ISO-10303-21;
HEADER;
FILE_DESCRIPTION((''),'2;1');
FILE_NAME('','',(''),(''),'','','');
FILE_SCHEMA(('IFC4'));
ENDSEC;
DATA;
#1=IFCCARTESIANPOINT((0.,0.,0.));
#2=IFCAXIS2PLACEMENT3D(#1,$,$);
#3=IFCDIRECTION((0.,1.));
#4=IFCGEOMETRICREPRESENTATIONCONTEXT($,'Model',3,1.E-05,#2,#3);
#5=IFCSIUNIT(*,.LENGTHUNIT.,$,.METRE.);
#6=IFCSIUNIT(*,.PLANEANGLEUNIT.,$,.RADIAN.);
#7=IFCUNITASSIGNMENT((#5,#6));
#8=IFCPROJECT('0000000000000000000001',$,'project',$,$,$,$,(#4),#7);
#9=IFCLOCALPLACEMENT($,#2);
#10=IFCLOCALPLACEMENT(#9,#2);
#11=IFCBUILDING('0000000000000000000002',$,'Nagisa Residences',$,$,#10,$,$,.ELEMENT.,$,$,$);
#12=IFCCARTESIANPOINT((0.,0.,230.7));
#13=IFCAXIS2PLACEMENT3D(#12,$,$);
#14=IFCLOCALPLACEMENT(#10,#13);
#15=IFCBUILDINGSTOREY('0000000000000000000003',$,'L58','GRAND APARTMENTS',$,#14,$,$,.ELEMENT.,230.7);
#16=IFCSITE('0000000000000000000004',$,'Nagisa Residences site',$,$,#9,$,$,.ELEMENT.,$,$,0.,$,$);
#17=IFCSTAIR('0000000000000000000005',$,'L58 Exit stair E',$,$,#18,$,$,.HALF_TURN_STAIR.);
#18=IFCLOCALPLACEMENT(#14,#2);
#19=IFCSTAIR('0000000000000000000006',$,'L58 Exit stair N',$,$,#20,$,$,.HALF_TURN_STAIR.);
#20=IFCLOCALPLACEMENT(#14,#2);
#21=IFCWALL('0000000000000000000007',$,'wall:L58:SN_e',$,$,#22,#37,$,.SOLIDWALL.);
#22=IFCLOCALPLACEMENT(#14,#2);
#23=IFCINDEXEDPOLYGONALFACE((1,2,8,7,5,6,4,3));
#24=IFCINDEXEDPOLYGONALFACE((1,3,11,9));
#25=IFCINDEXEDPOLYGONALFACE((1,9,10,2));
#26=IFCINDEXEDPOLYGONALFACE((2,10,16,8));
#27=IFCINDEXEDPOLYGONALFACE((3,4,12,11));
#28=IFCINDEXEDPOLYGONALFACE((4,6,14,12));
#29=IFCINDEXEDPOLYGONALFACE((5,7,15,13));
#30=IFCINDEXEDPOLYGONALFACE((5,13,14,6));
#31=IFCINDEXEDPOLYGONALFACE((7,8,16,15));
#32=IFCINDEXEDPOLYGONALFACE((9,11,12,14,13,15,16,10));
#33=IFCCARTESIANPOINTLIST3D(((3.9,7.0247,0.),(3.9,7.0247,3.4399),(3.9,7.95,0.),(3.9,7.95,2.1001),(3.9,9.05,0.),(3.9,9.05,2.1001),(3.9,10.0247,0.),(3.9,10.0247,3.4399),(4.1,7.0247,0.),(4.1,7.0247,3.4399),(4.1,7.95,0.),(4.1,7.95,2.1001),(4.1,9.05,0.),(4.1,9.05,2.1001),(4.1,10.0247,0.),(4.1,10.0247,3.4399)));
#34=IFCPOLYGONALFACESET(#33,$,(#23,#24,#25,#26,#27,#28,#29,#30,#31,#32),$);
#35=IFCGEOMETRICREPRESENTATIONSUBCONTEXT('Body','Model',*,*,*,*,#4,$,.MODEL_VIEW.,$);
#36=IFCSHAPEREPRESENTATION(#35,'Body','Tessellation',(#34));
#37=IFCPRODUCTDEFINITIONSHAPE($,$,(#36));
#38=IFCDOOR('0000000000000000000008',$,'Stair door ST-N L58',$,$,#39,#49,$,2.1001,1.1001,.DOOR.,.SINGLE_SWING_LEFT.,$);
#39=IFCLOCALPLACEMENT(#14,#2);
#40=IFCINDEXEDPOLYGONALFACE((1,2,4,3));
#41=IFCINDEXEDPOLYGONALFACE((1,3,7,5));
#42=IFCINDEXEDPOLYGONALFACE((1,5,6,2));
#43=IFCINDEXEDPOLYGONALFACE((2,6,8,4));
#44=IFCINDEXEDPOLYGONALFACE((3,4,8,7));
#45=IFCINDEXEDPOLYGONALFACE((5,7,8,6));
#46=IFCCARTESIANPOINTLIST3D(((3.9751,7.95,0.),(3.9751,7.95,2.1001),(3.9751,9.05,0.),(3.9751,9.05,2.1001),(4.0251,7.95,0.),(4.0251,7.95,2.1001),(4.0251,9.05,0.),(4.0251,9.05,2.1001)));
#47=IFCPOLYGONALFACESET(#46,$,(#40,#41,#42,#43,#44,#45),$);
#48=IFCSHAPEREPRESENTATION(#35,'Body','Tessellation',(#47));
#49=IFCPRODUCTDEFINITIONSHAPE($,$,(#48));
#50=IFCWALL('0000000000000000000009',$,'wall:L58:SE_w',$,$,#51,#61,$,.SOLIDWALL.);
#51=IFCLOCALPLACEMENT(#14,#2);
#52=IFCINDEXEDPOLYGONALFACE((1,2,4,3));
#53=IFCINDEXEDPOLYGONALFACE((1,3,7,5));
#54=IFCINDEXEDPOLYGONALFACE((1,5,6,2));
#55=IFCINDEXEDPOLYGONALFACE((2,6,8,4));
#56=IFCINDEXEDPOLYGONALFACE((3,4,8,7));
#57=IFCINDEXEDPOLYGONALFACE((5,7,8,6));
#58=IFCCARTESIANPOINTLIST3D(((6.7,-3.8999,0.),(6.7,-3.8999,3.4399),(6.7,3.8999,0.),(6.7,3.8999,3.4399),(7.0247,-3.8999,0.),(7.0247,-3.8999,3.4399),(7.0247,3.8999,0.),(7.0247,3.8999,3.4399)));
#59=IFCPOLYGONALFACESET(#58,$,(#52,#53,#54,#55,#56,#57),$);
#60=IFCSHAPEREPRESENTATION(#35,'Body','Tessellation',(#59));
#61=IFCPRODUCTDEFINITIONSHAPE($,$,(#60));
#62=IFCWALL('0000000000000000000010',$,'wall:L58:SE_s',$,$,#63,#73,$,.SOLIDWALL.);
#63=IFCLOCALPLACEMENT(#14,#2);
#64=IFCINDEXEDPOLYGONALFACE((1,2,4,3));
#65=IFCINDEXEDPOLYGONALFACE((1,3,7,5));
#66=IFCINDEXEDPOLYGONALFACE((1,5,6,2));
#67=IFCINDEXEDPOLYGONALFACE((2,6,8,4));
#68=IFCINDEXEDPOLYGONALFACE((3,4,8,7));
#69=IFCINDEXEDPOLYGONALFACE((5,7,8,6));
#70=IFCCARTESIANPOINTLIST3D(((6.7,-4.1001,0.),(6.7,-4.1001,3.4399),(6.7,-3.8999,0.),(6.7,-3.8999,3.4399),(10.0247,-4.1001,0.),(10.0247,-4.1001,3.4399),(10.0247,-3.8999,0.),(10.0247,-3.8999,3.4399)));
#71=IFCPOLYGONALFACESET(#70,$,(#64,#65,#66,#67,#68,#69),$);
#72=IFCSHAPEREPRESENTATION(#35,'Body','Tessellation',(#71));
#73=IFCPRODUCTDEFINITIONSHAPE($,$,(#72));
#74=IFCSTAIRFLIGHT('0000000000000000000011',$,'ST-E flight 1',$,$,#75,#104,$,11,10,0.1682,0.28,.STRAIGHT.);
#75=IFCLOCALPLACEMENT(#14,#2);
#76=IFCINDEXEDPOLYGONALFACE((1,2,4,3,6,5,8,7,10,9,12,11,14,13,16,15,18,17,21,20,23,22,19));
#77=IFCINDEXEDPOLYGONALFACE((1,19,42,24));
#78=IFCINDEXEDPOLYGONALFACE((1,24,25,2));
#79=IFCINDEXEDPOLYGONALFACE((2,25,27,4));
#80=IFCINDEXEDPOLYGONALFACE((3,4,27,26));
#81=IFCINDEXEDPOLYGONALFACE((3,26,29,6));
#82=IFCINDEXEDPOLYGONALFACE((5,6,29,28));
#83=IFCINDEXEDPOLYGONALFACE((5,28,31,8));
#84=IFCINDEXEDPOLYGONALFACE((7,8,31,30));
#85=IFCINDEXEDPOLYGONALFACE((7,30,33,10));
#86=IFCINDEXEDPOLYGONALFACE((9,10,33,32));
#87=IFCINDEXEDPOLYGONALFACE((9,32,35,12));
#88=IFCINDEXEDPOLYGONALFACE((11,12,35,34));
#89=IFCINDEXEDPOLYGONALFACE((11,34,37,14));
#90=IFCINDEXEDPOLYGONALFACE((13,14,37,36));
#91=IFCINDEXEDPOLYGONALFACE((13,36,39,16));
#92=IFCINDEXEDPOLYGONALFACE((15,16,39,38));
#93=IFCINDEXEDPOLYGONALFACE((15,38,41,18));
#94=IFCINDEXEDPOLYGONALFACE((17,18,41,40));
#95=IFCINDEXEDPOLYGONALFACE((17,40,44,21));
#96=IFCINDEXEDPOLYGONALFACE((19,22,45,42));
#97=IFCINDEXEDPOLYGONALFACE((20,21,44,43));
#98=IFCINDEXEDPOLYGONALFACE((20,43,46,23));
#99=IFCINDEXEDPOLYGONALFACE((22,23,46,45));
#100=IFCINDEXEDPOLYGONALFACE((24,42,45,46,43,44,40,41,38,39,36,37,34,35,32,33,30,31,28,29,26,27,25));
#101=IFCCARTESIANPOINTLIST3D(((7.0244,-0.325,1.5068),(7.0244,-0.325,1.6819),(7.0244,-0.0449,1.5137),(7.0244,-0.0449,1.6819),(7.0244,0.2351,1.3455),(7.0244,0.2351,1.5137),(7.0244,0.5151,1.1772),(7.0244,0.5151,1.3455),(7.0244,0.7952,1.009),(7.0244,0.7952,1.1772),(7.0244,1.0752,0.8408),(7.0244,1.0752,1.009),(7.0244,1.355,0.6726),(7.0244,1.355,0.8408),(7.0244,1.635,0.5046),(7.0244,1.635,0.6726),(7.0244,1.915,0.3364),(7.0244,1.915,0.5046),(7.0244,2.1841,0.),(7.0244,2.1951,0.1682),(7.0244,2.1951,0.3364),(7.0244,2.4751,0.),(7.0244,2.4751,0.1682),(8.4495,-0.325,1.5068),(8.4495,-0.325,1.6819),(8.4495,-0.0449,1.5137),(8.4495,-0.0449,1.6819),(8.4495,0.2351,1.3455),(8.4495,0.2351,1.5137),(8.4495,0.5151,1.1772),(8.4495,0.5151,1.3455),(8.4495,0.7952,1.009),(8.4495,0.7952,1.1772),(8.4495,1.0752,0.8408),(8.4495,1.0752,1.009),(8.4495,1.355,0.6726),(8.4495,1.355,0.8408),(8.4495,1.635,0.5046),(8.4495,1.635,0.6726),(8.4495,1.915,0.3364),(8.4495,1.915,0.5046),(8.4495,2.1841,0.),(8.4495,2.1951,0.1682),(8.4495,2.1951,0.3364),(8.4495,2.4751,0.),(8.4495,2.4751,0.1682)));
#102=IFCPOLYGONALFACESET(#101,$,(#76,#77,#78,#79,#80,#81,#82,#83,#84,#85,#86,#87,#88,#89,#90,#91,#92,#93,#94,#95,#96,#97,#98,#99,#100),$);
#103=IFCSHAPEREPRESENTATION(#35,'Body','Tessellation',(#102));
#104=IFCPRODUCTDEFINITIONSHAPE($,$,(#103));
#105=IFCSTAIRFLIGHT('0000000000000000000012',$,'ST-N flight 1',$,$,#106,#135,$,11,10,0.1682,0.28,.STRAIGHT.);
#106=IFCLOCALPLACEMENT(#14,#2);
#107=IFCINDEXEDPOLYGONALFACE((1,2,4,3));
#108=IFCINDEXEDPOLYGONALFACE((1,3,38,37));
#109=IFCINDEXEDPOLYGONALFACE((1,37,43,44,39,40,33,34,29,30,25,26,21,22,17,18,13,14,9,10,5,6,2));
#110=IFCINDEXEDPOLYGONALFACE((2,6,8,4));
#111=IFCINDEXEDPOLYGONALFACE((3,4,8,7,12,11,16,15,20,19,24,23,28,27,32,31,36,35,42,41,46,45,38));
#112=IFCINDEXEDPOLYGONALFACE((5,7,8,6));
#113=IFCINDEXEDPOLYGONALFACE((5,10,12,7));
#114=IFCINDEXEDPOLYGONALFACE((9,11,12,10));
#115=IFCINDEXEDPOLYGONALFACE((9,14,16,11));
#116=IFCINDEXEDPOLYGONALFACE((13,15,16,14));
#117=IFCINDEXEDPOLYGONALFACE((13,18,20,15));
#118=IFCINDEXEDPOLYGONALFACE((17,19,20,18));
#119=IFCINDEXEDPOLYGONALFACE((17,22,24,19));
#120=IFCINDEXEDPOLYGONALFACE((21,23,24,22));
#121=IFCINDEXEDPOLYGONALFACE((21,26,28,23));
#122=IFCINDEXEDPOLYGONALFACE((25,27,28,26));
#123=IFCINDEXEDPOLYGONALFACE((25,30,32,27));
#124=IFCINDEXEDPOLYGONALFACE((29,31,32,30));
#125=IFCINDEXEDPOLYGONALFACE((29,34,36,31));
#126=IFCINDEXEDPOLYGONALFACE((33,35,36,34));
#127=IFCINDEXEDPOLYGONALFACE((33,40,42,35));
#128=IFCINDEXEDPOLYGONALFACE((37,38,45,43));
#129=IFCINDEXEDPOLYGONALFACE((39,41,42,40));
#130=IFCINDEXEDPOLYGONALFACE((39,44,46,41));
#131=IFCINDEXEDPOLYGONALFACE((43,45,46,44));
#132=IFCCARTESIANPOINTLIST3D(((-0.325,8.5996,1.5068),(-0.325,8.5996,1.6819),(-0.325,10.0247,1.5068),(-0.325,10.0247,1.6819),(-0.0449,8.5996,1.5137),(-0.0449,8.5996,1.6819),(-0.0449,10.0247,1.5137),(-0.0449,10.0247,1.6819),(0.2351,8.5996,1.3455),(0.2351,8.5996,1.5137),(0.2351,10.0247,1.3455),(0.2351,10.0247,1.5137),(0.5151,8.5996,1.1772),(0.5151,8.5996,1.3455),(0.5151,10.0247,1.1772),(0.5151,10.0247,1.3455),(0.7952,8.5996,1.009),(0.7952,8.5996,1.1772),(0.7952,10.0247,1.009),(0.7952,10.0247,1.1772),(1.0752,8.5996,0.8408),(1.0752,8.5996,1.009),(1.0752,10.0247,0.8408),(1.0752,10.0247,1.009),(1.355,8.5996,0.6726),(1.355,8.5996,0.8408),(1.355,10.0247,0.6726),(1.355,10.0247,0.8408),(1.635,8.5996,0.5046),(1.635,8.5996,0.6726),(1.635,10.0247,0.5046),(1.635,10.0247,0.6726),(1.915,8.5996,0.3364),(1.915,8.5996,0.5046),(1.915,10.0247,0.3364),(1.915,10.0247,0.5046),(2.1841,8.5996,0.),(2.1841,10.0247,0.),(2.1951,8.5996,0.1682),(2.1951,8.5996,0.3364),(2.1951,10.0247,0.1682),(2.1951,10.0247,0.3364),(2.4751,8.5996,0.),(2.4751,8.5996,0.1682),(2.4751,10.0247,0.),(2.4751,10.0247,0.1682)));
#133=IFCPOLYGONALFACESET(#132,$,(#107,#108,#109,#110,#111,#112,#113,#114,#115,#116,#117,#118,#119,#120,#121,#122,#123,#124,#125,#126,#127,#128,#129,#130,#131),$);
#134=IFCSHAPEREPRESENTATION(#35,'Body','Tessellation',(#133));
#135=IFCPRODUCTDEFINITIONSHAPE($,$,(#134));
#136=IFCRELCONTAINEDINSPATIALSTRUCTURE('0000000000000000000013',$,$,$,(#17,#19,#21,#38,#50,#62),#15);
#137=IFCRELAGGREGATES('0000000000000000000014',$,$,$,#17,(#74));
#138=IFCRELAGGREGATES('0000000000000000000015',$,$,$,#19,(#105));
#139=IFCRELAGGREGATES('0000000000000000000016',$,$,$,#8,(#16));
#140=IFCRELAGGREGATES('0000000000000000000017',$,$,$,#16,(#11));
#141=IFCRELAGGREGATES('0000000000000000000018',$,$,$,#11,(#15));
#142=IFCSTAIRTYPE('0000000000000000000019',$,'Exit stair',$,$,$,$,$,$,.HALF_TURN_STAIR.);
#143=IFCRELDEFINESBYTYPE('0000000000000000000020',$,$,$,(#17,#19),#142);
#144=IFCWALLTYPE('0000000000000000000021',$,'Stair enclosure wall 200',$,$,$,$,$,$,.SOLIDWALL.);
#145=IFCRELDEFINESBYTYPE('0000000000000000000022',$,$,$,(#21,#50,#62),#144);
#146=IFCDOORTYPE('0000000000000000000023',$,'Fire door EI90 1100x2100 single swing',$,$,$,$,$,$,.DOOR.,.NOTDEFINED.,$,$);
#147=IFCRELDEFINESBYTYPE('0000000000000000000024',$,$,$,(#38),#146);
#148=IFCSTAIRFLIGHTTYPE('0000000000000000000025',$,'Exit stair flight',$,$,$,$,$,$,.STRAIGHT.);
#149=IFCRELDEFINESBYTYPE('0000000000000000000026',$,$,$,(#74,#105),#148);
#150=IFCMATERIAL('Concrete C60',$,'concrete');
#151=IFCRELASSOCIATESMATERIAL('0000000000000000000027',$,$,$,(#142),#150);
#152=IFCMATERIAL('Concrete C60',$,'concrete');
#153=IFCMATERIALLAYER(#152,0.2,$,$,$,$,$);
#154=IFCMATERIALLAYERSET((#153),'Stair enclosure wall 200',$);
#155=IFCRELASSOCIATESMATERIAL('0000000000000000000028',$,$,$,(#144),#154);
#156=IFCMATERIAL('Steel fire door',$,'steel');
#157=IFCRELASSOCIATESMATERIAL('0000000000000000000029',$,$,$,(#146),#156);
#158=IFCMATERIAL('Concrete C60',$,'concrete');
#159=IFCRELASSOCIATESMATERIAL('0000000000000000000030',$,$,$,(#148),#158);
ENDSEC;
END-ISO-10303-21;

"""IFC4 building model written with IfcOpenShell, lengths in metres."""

from ifc_helpers import new_model, si_unit, direction, frame, frame_2d, origin, place, context, subcontext, project, spatial, polyline, rectangle, outline, extrude, material, layer, layer_set, type_object, element, fill, aggregate, save


model = new_model("IFC4")

# Units and contexts
model_context = context("Model", 3, precision=1e-05, world=origin(), true_north=direction((0.0, 1.0)))
body_context = subcontext(model_context, "Body", "Model", "MODEL_VIEW")
ifc_project = project(units=[si_unit("LENGTHUNIT", "METRE"), si_unit("PLANEANGLEUNIT", "RADIAN")], contexts=[model_context])

# Site, building, storey
site_placement = place(None, origin())
site = spatial("IfcSite", under=ifc_project, at=site_placement, Name="Nagisa Residences site", CompositionType="ELEMENT", RefElevation=0.0)
building_placement = place(site_placement, origin())
building = spatial("IfcBuilding", under=site, at=building_placement, Name="Nagisa Residences", CompositionType="ELEMENT")
storey_placement = place(building_placement, frame((0.0, 0.0, 230.7)))
storey = spatial("IfcBuildingStorey", under=building, at=storey_placement, Name="L58", Description="GRAND APARTMENTS", CompositionType="ELEMENT", Elevation=230.7)

# Stairs
ifc_material_1 = material(Name="Concrete C60", Category="concrete")
stair_type = type_object("IfcStairType", Name="Exit stair", PredefinedType="HALF_TURN_STAIR", material=ifc_material_1)
stair_1_placement = place(storey_placement, origin())
stair_1 = element("IfcStair", 1, at=stair_1_placement, inside=storey, type_object=stair_type, Name="L58 Exit stair E", PredefinedType="HALF_TURN_STAIR")
stair_2_placement = place(storey_placement, origin())
stair_2 = element("IfcStair", 2, at=stair_2_placement, inside=storey, type_object=stair_type, Name="L58 Exit stair N", PredefinedType="HALF_TURN_STAIR")

# Wall, opening, door
ifc_material_2 = material(Name="Concrete C60", Category="concrete")
ifc_layer_1 = layer(ifc_material_2, 0.2)
ifc_layer_set_1 = layer_set([ifc_layer_1], Name="Stair enclosure wall 200")
wall_type_1 = type_object("IfcWallType", Name="Stair enclosure wall 200", PredefinedType="SOLIDWALL", material=ifc_layer_set_1)
ifc_material_3 = material(Name="Steel fire door", Category="steel")
door_type_1 = type_object("IfcDoorType", Name="Fire door EI90 1100x2100 single swing", OperationType="NOTDEFINED", PredefinedType="DOOR", material=ifc_material_3)
wall_1_placement = place(storey_placement, frame((4.0, 7.0247, 0.0), z_axis=(0.0, 0.0, 1.0), x_axis=(0.0, 1.0, 0.0)))
wall_1 = element("IfcWall", 3, at=wall_1_placement, inside=storey, type_object=wall_type_1, Name="wall:L58:SN_e", PredefinedType="SOLIDWALL", context=body_context, shape_type="SweptSolid", body=[
    extrude(rectangle(XDim=3.0, YDim=0.2, at=frame_2d((1.5, 0.0))), origin(), (0.0, 0.0, 1.0), 3.4399),
])
opening_1_placement = place(wall_1_placement, frame((0.9253, 0.0, 0.0)))
opening_1 = element("IfcOpeningElement", 4, at=opening_1_placement, cuts=wall_1, PredefinedType="OPENING", context=body_context, shape_type="SweptSolid", body=[
    extrude(rectangle(XDim=1.1001, YDim=2.1001, at=frame_2d((0.55, 1.05))), frame((0.0, 0.1099, 0.0), z_axis=(0.0, -1.0, 0.0), x_axis=(1.0, 0.0, 0.0)), (0.0, 0.0, 1.0), 0.22),
])
door_1_placement = place(opening_1_placement, origin())
door_1 = element("IfcDoor", 5, at=door_1_placement, inside=storey, type_object=door_type_1, Name="Stair door ST-N L58", OperationType="SINGLE_SWING_LEFT", OverallHeight=2.1001, OverallWidth=1.1001, PredefinedType="DOOR", context=body_context, shape_type="SweptSolid", body=[
    extrude(rectangle(XDim=1.1001, YDim=2.1001, at=frame_2d((0.55, 1.05))), frame((0.0, 0.0249, 0.0), z_axis=(0.0, -1.0, 0.0), x_axis=(1.0, 0.0, 0.0)), (0.0, 0.0, 1.0), 0.05),
])
fill(opening_1, door_1)

# Walls
wall_2_placement = place(storey_placement, origin())
element("IfcWall", 6, at=wall_2_placement, inside=storey, type_object=wall_type_1, Name="wall:L58:SE_w", PredefinedType="SOLIDWALL", context=body_context, shape_type="SweptSolid", body=[
    extrude(outline(polyline([(7.0247, -3.8999), (6.7, -3.8999), (6.7, 3.8999), (7.0247, 3.8999), (7.0247, -3.8999)])), origin(), (0.0, 0.0, 1.0), 3.4399),
])
wall_3_placement = place(storey_placement, origin())
element("IfcWall", 7, at=wall_3_placement, inside=storey, type_object=wall_type_1, Name="wall:L58:SE_s", PredefinedType="SOLIDWALL", context=body_context, shape_type="SweptSolid", body=[
    extrude(outline(polyline([(10.0247, -4.1001), (6.7, -4.1001), (6.7, -3.8999), (10.0247, -3.8999), (10.0247, -4.1001)])), origin(), (0.0, 0.0, 1.0), 3.4399),
])

# Stair flights
ifc_material_4 = material(Name="Concrete C60", Category="concrete")
stair_flight_type = type_object("IfcStairFlightType", Name="Exit stair flight", PredefinedType="STRAIGHT", material=ifc_material_4)
stair_flight_1_placement = place(storey_placement, frame((7.7371, 2.4751, 0.0), z_axis=(0.0, 0.0, 1.0), x_axis=(0.0, -1.0, 0.0)))
stair_flight_1 = element("IfcStairFlight", 8, at=stair_flight_1_placement, type_object=stair_flight_type, Name="ST-E flight 1", NumberOfRisers=11, NumberOfTreads=10, PredefinedType="STRAIGHT", RiserHeight=0.1682, TreadLength=0.28, context=body_context, shape_type="SweptSolid", body=[
    extrude(outline(polyline([(0.0, 0.0), (0.0, 0.1682), (0.28, 0.1682), (0.28, 0.3364), (0.5601, 0.3364), (0.5601, 0.5046), (0.8401, 0.5046), (0.8401, 0.6726), (1.1201, 0.6726), (1.1201, 0.8408), (1.3999, 0.8408), (1.3999, 1.009), (1.6799, 1.009), (1.6799, 1.1772), (1.96, 1.1772), (1.96, 1.3455), (2.24, 1.3455), (2.24, 1.5137), (2.52, 1.5137), (2.52, 1.6819), (2.8, 1.6819), (2.8, 1.8501), (2.8, 1.5068), (0.291, 0.0), (0.0, 0.0)])), frame((0.0, 0.7124, 0.0), z_axis=(0.0, -1.0, 0.0), x_axis=(1.0, 0.0, 0.0)), (0.0, 0.0, 1.0), 1.425),
])
aggregate(stair_1, [stair_flight_1])
stair_flight_2_placement = place(storey_placement, frame((2.4751, 9.312, 0.0), z_axis=(0.0, 0.0, 1.0), x_axis=(-1.0, 0.0, 0.0)))
stair_flight_2 = element("IfcStairFlight", 9, at=stair_flight_2_placement, type_object=stair_flight_type, Name="ST-N flight 1", NumberOfRisers=11, NumberOfTreads=10, PredefinedType="STRAIGHT", RiserHeight=0.1682, TreadLength=0.28, context=body_context, shape_type="SweptSolid", body=[
    extrude(outline(polyline([(0.0, 0.0), (0.0, 0.1682), (0.28, 0.1682), (0.28, 0.3364), (0.5601, 0.3364), (0.5601, 0.5046), (0.8401, 0.5046), (0.8401, 0.6726), (1.1201, 0.6726), (1.1201, 0.8408), (1.3999, 0.8408), (1.3999, 1.009), (1.6799, 1.009), (1.6799, 1.1772), (1.96, 1.1772), (1.96, 1.3455), (2.24, 1.3455), (2.24, 1.5137), (2.52, 1.5137), (2.52, 1.6819), (2.8, 1.6819), (2.8, 1.8501), (2.8, 1.5068), (0.291, 0.0), (0.0, 0.0)])), frame((0.0, 0.7124, 0.0), z_axis=(0.0, -1.0, 0.0), x_axis=(1.0, 0.0, 0.0)), (0.0, 0.0, 1.0), 1.425),
])
aggregate(stair_2, [stair_flight_2])

save(model, "model.ifc")
